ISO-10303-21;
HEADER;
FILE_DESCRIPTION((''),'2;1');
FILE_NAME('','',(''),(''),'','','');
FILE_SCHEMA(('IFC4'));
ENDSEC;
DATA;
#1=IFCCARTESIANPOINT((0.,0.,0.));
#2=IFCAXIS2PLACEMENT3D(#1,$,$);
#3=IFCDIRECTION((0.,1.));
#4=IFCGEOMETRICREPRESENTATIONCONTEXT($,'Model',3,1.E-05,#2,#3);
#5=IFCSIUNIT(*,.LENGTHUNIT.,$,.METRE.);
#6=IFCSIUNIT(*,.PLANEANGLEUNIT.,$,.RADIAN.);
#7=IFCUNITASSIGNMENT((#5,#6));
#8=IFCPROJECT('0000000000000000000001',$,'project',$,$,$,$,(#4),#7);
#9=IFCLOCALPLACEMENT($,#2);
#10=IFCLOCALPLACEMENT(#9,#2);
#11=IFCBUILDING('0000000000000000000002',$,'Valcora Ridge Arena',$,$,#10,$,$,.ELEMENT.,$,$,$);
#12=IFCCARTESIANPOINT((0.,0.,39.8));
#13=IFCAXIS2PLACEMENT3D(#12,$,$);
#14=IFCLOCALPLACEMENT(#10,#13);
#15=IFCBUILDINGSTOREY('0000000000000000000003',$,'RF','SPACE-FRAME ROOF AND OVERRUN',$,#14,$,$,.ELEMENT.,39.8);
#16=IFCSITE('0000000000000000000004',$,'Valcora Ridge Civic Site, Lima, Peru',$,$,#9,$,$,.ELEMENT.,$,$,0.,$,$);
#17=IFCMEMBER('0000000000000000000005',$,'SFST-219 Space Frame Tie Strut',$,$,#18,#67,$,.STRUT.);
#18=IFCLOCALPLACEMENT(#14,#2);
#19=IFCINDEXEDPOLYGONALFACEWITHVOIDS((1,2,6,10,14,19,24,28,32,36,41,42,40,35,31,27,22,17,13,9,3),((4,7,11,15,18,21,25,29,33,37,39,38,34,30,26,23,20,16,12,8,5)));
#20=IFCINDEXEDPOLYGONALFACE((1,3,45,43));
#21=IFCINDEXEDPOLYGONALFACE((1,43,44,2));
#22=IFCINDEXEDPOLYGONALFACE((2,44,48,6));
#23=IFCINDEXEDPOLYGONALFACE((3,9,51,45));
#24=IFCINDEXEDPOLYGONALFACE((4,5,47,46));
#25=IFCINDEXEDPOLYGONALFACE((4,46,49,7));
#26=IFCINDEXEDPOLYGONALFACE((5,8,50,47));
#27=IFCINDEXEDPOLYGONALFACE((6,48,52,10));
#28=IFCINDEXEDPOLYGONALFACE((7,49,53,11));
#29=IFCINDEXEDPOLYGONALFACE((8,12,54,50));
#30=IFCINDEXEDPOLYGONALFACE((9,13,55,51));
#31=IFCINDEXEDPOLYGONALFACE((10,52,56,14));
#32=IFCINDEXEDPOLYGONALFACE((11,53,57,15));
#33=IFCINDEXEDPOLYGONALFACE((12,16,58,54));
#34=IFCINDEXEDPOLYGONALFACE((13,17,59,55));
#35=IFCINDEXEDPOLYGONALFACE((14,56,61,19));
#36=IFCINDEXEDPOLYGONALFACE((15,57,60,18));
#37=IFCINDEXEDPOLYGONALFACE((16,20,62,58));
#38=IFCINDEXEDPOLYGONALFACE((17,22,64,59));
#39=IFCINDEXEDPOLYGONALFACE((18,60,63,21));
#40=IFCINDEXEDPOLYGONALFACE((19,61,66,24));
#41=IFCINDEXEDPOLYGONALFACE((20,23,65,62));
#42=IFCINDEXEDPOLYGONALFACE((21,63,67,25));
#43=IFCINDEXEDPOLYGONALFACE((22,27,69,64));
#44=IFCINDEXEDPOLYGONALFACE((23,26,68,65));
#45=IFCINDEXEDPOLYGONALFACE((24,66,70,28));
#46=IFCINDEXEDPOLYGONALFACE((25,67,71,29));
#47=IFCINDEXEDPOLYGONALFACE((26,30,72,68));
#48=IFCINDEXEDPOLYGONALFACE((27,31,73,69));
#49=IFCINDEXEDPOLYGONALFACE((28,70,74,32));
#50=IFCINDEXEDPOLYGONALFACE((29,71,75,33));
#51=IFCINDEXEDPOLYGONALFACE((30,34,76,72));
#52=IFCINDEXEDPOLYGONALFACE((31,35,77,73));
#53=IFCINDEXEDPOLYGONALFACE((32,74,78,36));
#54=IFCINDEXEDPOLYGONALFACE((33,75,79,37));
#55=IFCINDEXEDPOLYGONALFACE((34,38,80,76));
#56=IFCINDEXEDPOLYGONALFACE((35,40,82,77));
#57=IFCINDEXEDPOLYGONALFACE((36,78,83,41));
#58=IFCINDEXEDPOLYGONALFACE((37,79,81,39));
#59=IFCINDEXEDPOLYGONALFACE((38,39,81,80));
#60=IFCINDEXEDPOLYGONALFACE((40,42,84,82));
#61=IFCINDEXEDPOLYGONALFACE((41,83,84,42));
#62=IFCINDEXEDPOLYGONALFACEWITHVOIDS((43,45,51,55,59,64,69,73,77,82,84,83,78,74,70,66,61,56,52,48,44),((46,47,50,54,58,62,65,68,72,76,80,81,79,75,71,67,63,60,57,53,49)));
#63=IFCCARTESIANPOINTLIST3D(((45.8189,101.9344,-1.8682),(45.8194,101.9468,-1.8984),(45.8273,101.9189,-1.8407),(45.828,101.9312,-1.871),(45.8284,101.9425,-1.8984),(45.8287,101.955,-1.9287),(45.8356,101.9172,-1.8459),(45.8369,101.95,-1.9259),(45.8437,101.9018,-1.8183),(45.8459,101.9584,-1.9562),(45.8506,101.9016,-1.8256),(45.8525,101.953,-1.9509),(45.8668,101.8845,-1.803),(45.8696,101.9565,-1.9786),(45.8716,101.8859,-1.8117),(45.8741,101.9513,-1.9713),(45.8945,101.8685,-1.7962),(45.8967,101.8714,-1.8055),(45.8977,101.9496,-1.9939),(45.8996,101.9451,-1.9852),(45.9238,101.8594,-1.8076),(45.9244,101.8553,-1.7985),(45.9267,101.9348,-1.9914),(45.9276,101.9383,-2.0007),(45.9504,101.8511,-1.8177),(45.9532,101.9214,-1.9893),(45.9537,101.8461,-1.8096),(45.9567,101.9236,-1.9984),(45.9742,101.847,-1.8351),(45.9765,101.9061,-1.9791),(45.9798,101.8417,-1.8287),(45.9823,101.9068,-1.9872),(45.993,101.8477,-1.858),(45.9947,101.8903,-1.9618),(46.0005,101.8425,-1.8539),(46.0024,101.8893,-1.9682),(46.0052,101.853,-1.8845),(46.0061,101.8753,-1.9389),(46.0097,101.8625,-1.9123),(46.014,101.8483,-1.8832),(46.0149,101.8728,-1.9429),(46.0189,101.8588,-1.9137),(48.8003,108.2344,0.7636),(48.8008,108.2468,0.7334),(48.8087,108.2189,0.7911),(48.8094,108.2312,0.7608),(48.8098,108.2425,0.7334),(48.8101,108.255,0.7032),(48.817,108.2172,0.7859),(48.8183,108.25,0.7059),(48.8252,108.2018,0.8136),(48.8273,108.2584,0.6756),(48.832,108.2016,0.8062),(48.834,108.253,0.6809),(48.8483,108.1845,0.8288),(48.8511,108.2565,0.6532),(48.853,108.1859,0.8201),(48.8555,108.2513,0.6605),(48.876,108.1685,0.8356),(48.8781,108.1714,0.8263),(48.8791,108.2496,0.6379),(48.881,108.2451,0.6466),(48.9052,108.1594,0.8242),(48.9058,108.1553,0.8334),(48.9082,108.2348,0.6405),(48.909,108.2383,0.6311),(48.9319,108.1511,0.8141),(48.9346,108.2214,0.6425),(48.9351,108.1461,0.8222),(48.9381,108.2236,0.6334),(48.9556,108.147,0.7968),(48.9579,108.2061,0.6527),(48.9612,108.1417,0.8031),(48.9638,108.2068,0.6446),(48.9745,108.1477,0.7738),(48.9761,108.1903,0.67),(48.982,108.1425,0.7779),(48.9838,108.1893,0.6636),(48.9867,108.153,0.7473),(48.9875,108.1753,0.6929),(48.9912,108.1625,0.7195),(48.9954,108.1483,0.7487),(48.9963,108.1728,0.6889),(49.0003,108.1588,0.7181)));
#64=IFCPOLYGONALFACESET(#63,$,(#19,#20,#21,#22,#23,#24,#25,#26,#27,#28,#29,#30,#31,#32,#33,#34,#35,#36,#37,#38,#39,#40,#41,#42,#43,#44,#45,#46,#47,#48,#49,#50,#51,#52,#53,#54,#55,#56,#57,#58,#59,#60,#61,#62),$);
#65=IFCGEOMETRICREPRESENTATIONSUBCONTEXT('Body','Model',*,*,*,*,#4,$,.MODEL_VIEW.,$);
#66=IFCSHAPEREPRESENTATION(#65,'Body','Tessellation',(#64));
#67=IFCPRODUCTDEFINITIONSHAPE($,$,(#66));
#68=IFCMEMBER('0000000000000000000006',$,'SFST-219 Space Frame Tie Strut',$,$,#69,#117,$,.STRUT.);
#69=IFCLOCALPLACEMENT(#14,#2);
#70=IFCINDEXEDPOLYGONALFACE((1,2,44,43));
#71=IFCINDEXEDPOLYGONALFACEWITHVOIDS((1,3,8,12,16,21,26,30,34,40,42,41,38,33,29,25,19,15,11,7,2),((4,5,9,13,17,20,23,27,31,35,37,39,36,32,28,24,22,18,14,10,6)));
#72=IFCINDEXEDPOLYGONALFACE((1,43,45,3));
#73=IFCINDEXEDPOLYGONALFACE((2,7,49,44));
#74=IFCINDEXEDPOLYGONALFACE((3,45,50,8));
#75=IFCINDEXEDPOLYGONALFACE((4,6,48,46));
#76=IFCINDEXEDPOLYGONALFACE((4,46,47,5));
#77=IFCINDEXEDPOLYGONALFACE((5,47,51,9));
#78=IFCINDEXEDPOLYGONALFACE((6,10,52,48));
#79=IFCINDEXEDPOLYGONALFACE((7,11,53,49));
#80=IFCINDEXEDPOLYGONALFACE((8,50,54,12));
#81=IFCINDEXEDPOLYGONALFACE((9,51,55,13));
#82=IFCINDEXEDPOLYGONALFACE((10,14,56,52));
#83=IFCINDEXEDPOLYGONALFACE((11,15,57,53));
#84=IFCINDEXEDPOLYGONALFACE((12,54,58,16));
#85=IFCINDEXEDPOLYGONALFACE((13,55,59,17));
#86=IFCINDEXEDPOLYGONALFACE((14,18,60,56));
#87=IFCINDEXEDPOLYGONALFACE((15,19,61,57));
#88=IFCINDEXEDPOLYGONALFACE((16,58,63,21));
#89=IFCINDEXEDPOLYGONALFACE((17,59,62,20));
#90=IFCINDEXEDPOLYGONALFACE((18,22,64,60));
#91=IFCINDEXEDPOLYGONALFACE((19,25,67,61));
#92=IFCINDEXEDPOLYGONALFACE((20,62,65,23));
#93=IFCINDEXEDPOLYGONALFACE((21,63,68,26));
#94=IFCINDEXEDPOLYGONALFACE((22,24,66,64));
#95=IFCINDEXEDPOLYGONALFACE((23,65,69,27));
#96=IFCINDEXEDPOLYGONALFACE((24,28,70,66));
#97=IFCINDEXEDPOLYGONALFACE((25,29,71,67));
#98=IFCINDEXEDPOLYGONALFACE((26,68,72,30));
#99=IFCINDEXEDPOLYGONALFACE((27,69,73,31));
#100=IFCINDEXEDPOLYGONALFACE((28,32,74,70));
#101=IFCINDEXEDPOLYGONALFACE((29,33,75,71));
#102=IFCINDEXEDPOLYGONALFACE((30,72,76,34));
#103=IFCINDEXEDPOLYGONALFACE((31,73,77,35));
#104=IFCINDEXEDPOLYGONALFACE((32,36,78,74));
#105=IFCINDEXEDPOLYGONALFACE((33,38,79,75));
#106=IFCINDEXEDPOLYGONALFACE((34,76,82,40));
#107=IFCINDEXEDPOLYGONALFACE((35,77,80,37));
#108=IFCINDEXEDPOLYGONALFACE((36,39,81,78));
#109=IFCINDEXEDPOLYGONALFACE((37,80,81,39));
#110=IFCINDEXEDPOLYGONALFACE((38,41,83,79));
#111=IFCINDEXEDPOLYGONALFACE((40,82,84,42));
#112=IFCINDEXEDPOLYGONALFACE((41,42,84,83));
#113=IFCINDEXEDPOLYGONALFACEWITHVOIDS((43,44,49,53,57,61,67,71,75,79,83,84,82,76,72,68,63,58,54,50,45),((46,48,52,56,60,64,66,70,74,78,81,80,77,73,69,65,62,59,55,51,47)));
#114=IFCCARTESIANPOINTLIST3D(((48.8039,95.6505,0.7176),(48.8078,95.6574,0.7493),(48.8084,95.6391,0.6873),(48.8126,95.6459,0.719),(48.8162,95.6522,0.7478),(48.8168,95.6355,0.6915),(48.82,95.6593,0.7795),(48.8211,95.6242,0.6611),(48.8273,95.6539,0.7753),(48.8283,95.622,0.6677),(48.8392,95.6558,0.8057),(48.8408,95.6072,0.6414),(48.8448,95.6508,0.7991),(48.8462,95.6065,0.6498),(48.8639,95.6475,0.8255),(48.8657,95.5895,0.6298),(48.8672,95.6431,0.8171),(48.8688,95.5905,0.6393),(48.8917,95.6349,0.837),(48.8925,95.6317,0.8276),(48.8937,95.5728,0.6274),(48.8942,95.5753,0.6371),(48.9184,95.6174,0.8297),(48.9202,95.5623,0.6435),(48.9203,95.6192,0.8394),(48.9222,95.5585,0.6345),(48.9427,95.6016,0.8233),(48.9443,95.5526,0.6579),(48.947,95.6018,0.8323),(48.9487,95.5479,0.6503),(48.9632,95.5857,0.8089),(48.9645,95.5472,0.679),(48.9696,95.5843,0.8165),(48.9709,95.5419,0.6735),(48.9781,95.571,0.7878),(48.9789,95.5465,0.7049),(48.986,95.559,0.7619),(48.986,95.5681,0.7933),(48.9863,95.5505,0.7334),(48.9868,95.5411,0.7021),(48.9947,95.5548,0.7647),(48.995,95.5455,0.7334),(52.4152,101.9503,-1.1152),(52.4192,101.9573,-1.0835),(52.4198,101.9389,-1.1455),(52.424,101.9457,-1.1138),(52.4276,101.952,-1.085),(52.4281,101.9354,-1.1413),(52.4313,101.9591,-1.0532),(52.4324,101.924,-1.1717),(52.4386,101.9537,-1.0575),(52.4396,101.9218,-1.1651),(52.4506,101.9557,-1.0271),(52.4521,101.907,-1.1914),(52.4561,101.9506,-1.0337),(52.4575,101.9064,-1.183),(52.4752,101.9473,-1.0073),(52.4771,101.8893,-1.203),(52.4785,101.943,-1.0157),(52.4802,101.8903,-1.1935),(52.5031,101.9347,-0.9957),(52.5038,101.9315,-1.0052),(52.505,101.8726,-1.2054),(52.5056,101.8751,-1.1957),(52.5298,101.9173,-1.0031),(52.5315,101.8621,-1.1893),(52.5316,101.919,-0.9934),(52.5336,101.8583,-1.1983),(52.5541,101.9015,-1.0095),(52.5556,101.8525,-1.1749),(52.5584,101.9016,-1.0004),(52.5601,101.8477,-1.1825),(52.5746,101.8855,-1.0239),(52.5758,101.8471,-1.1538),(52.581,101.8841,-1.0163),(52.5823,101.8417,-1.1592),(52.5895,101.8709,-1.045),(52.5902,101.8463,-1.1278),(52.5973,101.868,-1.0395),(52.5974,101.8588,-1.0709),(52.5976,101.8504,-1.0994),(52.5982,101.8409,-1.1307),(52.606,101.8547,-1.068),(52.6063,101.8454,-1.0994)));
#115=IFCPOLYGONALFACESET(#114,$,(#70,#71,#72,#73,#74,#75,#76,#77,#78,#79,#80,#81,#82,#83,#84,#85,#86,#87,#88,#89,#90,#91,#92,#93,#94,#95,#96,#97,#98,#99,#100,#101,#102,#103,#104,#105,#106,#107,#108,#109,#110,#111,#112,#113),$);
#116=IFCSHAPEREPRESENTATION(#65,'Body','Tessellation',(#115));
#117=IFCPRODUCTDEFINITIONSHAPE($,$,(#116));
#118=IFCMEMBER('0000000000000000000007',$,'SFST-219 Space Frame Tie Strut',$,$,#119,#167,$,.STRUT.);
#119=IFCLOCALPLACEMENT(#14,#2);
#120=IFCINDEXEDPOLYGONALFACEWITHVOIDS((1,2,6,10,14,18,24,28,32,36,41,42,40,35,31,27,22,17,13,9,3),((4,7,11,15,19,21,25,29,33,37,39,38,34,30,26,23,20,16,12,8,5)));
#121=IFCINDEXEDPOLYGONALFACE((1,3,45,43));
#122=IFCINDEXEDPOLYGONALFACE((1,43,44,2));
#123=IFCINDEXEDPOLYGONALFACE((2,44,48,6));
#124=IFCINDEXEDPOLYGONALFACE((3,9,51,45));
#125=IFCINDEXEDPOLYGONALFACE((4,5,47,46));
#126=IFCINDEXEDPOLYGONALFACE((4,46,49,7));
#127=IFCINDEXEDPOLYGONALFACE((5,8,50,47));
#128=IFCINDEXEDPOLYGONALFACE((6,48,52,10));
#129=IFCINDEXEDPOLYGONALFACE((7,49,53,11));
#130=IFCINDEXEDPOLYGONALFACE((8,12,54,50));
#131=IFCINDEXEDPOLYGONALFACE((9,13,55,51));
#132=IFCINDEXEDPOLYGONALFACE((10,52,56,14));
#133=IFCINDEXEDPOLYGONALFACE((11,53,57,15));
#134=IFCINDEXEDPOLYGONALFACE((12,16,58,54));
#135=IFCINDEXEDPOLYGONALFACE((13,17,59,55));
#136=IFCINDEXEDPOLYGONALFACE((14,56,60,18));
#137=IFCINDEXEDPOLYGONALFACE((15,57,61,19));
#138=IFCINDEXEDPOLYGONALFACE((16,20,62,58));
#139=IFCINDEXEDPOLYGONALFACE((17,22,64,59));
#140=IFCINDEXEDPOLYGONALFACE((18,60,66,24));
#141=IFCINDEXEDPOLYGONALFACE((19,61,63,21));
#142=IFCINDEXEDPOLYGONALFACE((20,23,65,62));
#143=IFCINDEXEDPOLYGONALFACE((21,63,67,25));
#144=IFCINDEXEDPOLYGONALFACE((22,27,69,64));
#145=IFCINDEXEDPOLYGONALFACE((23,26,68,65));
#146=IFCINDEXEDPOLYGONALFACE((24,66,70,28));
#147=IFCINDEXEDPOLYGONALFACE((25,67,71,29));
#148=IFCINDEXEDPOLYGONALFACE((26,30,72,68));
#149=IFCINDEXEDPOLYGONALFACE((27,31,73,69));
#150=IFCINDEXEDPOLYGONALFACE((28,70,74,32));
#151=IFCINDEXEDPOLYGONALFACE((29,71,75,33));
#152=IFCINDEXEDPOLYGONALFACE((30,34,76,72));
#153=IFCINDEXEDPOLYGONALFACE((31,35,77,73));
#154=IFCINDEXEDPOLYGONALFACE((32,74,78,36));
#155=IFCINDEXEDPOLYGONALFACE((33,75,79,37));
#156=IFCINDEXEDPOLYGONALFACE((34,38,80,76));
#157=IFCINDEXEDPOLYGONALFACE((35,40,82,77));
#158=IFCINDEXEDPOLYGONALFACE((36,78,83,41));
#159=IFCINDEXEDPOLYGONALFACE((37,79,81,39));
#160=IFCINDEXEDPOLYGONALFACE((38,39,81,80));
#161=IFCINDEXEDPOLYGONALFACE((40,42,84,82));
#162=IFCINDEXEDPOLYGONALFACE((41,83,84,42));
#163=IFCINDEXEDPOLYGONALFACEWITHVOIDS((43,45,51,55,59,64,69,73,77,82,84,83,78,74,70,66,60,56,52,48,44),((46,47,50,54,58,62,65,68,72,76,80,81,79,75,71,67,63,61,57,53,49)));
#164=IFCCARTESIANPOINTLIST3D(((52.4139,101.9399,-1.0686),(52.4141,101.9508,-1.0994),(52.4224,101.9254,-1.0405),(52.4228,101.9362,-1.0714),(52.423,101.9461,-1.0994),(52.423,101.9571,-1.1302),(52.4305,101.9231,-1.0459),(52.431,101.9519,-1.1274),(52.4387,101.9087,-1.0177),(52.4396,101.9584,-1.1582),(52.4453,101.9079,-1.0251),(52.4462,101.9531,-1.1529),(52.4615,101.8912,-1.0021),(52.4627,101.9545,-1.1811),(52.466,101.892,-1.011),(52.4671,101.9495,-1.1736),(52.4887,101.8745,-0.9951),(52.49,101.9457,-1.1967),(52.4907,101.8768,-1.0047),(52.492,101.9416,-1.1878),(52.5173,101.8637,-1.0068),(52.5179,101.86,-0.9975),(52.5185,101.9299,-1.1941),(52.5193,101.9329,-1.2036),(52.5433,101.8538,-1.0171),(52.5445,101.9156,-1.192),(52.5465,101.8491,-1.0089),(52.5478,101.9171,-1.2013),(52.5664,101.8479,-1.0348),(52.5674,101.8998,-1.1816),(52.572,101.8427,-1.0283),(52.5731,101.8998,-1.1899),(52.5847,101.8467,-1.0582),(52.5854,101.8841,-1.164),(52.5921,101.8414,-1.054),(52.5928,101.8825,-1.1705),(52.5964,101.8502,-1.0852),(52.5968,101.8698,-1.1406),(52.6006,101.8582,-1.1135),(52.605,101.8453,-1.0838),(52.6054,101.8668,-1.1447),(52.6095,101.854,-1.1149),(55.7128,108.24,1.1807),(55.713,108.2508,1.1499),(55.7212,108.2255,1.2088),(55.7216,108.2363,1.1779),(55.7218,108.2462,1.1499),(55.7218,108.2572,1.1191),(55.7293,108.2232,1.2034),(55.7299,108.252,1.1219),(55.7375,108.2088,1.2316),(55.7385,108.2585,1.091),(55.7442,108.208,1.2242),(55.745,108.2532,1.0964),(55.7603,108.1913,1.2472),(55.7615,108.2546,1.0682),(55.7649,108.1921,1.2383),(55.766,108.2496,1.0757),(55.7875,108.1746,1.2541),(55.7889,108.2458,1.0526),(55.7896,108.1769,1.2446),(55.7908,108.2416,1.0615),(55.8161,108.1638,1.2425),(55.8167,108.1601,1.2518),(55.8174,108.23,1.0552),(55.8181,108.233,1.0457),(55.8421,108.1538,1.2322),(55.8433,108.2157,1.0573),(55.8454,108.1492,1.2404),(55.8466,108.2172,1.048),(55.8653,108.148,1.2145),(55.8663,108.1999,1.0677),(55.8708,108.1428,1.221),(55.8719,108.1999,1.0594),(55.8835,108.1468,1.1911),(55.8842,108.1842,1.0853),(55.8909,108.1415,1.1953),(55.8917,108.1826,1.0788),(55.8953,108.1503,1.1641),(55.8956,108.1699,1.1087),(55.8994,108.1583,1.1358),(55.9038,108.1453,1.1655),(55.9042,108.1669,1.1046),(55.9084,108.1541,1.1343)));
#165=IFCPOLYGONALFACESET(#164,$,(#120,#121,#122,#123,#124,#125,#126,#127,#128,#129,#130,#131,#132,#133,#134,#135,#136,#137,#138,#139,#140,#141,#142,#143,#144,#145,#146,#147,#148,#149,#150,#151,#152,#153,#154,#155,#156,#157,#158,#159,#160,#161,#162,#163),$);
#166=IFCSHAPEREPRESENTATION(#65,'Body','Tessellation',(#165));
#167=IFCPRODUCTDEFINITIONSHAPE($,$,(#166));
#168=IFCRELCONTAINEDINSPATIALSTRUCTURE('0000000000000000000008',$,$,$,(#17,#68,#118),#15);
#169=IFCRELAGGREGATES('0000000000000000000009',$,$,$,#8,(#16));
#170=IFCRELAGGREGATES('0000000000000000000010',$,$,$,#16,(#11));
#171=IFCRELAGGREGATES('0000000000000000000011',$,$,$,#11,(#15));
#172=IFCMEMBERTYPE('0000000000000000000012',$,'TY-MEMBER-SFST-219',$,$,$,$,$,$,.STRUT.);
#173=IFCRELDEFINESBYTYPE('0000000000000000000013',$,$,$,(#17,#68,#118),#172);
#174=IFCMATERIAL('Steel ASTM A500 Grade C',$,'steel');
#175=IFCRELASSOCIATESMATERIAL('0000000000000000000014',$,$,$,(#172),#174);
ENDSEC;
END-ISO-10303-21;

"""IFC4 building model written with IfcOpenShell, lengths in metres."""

from ifc_helpers import new_model, si_unit, direction, frame, origin, origin_2d, place, context, subcontext, project, spatial, hollow_circle, extrude, material, material_profile, profile_set, type_object, element, save


model = new_model("IFC4")

# Units and contexts
model_context = context("Model", 3, precision=1e-05, world=origin(), true_north=direction((0.0, 1.0)))
body_context = subcontext(model_context, "Body", "Model", "MODEL_VIEW")
ifc_project = project(units=[si_unit("LENGTHUNIT", "METRE"), si_unit("PLANEANGLEUNIT", "RADIAN")], contexts=[model_context])

# Site, building, storey
site_placement = place(None, origin())
site = spatial("IfcSite", under=ifc_project, at=site_placement, Name="Valcora Ridge Civic Site, Lima, Peru", CompositionType="ELEMENT", RefElevation=0.0)
building_placement = place(site_placement, origin())
building = spatial("IfcBuilding", under=site, at=building_placement, Name="Valcora Ridge Arena", CompositionType="ELEMENT")
storey_placement = place(building_placement, frame((0.0, 0.0, 39.8)))
storey = spatial("IfcBuildingStorey", under=building, at=storey_placement, Name="RF", Description="SPACE-FRAME ROOF AND OVERRUN", CompositionType="ELEMENT", Elevation=39.8)

# Members
ifc_material_1 = material(Name="Steel ASTM A500 Grade C", Category="steel")
ifc_material_profile_1 = material_profile(ifc_material_1, hollow_circle(Radius=0.1096, WallThickness=0.01, at=origin_2d()), Name="CHS219X10")
ifc_profile_set_1 = profile_set([ifc_material_profile_1], Name="Steel ASTM A500 Grade C")
member_type_1 = type_object("IfcMemberType", Name="TY-MEMBER-SFST-219", PredefinedType="STRUT", material=ifc_profile_set_1)
member_1_placement = place(storey_placement, frame((45.9185, 101.8999, -1.8984), z_axis=(0.400181, 0.845616, 0.353255), x_axis=(-0.903893, 0.42776, 0.0)))
element("IfcMember", 1, at=member_1_placement, inside=storey, type_object=member_type_1, Name="SFST-219 Space Frame Tie Strut", PredefinedType="STRUT", context=body_context, shape_type="SweptSolid", body=[
    extrude(hollow_circle(Radius=0.1096, WallThickness=0.01, at=origin_2d()), origin(), (0.0, 0.0, 1.0), 7.4502),
])
member_2_placement = place(storey_placement, frame((52.5112, 101.8999, -1.0994), z_axis=(-0.482204, -0.841184, 0.244721), x_axis=(0.867564, -0.497326, 0.0)))
element("IfcMember", 2, at=member_2_placement, inside=storey, type_object=member_type_1, Name="SFST-219 Space Frame Tie Strut", PredefinedType="STRUT", context=body_context, shape_type="SweptSolid", body=[
    extrude(hollow_circle(Radius=0.1096, WallThickness=0.01, at=origin_2d()), origin(), (0.0, 0.0, 1.0), 7.4893),
])
member_3_placement = place(storey_placement, frame((52.5112, 101.8999, -1.0994), z_axis=(0.44228, 0.844659, 0.301563), x_axis=(-0.885901, 0.463875, 0.0)))
element("IfcMember", 3, at=member_3_placement, inside=storey, type_object=member_type_1, Name="SFST-219 Space Frame Tie Strut", PredefinedType="STRUT", context=body_context, shape_type="SweptSolid", body=[
    extrude(hollow_circle(Radius=0.1096, WallThickness=0.01, at=origin_2d()), origin(), (0.0, 0.0, 1.0), 7.4587),
])

save(model, "model.ifc")
